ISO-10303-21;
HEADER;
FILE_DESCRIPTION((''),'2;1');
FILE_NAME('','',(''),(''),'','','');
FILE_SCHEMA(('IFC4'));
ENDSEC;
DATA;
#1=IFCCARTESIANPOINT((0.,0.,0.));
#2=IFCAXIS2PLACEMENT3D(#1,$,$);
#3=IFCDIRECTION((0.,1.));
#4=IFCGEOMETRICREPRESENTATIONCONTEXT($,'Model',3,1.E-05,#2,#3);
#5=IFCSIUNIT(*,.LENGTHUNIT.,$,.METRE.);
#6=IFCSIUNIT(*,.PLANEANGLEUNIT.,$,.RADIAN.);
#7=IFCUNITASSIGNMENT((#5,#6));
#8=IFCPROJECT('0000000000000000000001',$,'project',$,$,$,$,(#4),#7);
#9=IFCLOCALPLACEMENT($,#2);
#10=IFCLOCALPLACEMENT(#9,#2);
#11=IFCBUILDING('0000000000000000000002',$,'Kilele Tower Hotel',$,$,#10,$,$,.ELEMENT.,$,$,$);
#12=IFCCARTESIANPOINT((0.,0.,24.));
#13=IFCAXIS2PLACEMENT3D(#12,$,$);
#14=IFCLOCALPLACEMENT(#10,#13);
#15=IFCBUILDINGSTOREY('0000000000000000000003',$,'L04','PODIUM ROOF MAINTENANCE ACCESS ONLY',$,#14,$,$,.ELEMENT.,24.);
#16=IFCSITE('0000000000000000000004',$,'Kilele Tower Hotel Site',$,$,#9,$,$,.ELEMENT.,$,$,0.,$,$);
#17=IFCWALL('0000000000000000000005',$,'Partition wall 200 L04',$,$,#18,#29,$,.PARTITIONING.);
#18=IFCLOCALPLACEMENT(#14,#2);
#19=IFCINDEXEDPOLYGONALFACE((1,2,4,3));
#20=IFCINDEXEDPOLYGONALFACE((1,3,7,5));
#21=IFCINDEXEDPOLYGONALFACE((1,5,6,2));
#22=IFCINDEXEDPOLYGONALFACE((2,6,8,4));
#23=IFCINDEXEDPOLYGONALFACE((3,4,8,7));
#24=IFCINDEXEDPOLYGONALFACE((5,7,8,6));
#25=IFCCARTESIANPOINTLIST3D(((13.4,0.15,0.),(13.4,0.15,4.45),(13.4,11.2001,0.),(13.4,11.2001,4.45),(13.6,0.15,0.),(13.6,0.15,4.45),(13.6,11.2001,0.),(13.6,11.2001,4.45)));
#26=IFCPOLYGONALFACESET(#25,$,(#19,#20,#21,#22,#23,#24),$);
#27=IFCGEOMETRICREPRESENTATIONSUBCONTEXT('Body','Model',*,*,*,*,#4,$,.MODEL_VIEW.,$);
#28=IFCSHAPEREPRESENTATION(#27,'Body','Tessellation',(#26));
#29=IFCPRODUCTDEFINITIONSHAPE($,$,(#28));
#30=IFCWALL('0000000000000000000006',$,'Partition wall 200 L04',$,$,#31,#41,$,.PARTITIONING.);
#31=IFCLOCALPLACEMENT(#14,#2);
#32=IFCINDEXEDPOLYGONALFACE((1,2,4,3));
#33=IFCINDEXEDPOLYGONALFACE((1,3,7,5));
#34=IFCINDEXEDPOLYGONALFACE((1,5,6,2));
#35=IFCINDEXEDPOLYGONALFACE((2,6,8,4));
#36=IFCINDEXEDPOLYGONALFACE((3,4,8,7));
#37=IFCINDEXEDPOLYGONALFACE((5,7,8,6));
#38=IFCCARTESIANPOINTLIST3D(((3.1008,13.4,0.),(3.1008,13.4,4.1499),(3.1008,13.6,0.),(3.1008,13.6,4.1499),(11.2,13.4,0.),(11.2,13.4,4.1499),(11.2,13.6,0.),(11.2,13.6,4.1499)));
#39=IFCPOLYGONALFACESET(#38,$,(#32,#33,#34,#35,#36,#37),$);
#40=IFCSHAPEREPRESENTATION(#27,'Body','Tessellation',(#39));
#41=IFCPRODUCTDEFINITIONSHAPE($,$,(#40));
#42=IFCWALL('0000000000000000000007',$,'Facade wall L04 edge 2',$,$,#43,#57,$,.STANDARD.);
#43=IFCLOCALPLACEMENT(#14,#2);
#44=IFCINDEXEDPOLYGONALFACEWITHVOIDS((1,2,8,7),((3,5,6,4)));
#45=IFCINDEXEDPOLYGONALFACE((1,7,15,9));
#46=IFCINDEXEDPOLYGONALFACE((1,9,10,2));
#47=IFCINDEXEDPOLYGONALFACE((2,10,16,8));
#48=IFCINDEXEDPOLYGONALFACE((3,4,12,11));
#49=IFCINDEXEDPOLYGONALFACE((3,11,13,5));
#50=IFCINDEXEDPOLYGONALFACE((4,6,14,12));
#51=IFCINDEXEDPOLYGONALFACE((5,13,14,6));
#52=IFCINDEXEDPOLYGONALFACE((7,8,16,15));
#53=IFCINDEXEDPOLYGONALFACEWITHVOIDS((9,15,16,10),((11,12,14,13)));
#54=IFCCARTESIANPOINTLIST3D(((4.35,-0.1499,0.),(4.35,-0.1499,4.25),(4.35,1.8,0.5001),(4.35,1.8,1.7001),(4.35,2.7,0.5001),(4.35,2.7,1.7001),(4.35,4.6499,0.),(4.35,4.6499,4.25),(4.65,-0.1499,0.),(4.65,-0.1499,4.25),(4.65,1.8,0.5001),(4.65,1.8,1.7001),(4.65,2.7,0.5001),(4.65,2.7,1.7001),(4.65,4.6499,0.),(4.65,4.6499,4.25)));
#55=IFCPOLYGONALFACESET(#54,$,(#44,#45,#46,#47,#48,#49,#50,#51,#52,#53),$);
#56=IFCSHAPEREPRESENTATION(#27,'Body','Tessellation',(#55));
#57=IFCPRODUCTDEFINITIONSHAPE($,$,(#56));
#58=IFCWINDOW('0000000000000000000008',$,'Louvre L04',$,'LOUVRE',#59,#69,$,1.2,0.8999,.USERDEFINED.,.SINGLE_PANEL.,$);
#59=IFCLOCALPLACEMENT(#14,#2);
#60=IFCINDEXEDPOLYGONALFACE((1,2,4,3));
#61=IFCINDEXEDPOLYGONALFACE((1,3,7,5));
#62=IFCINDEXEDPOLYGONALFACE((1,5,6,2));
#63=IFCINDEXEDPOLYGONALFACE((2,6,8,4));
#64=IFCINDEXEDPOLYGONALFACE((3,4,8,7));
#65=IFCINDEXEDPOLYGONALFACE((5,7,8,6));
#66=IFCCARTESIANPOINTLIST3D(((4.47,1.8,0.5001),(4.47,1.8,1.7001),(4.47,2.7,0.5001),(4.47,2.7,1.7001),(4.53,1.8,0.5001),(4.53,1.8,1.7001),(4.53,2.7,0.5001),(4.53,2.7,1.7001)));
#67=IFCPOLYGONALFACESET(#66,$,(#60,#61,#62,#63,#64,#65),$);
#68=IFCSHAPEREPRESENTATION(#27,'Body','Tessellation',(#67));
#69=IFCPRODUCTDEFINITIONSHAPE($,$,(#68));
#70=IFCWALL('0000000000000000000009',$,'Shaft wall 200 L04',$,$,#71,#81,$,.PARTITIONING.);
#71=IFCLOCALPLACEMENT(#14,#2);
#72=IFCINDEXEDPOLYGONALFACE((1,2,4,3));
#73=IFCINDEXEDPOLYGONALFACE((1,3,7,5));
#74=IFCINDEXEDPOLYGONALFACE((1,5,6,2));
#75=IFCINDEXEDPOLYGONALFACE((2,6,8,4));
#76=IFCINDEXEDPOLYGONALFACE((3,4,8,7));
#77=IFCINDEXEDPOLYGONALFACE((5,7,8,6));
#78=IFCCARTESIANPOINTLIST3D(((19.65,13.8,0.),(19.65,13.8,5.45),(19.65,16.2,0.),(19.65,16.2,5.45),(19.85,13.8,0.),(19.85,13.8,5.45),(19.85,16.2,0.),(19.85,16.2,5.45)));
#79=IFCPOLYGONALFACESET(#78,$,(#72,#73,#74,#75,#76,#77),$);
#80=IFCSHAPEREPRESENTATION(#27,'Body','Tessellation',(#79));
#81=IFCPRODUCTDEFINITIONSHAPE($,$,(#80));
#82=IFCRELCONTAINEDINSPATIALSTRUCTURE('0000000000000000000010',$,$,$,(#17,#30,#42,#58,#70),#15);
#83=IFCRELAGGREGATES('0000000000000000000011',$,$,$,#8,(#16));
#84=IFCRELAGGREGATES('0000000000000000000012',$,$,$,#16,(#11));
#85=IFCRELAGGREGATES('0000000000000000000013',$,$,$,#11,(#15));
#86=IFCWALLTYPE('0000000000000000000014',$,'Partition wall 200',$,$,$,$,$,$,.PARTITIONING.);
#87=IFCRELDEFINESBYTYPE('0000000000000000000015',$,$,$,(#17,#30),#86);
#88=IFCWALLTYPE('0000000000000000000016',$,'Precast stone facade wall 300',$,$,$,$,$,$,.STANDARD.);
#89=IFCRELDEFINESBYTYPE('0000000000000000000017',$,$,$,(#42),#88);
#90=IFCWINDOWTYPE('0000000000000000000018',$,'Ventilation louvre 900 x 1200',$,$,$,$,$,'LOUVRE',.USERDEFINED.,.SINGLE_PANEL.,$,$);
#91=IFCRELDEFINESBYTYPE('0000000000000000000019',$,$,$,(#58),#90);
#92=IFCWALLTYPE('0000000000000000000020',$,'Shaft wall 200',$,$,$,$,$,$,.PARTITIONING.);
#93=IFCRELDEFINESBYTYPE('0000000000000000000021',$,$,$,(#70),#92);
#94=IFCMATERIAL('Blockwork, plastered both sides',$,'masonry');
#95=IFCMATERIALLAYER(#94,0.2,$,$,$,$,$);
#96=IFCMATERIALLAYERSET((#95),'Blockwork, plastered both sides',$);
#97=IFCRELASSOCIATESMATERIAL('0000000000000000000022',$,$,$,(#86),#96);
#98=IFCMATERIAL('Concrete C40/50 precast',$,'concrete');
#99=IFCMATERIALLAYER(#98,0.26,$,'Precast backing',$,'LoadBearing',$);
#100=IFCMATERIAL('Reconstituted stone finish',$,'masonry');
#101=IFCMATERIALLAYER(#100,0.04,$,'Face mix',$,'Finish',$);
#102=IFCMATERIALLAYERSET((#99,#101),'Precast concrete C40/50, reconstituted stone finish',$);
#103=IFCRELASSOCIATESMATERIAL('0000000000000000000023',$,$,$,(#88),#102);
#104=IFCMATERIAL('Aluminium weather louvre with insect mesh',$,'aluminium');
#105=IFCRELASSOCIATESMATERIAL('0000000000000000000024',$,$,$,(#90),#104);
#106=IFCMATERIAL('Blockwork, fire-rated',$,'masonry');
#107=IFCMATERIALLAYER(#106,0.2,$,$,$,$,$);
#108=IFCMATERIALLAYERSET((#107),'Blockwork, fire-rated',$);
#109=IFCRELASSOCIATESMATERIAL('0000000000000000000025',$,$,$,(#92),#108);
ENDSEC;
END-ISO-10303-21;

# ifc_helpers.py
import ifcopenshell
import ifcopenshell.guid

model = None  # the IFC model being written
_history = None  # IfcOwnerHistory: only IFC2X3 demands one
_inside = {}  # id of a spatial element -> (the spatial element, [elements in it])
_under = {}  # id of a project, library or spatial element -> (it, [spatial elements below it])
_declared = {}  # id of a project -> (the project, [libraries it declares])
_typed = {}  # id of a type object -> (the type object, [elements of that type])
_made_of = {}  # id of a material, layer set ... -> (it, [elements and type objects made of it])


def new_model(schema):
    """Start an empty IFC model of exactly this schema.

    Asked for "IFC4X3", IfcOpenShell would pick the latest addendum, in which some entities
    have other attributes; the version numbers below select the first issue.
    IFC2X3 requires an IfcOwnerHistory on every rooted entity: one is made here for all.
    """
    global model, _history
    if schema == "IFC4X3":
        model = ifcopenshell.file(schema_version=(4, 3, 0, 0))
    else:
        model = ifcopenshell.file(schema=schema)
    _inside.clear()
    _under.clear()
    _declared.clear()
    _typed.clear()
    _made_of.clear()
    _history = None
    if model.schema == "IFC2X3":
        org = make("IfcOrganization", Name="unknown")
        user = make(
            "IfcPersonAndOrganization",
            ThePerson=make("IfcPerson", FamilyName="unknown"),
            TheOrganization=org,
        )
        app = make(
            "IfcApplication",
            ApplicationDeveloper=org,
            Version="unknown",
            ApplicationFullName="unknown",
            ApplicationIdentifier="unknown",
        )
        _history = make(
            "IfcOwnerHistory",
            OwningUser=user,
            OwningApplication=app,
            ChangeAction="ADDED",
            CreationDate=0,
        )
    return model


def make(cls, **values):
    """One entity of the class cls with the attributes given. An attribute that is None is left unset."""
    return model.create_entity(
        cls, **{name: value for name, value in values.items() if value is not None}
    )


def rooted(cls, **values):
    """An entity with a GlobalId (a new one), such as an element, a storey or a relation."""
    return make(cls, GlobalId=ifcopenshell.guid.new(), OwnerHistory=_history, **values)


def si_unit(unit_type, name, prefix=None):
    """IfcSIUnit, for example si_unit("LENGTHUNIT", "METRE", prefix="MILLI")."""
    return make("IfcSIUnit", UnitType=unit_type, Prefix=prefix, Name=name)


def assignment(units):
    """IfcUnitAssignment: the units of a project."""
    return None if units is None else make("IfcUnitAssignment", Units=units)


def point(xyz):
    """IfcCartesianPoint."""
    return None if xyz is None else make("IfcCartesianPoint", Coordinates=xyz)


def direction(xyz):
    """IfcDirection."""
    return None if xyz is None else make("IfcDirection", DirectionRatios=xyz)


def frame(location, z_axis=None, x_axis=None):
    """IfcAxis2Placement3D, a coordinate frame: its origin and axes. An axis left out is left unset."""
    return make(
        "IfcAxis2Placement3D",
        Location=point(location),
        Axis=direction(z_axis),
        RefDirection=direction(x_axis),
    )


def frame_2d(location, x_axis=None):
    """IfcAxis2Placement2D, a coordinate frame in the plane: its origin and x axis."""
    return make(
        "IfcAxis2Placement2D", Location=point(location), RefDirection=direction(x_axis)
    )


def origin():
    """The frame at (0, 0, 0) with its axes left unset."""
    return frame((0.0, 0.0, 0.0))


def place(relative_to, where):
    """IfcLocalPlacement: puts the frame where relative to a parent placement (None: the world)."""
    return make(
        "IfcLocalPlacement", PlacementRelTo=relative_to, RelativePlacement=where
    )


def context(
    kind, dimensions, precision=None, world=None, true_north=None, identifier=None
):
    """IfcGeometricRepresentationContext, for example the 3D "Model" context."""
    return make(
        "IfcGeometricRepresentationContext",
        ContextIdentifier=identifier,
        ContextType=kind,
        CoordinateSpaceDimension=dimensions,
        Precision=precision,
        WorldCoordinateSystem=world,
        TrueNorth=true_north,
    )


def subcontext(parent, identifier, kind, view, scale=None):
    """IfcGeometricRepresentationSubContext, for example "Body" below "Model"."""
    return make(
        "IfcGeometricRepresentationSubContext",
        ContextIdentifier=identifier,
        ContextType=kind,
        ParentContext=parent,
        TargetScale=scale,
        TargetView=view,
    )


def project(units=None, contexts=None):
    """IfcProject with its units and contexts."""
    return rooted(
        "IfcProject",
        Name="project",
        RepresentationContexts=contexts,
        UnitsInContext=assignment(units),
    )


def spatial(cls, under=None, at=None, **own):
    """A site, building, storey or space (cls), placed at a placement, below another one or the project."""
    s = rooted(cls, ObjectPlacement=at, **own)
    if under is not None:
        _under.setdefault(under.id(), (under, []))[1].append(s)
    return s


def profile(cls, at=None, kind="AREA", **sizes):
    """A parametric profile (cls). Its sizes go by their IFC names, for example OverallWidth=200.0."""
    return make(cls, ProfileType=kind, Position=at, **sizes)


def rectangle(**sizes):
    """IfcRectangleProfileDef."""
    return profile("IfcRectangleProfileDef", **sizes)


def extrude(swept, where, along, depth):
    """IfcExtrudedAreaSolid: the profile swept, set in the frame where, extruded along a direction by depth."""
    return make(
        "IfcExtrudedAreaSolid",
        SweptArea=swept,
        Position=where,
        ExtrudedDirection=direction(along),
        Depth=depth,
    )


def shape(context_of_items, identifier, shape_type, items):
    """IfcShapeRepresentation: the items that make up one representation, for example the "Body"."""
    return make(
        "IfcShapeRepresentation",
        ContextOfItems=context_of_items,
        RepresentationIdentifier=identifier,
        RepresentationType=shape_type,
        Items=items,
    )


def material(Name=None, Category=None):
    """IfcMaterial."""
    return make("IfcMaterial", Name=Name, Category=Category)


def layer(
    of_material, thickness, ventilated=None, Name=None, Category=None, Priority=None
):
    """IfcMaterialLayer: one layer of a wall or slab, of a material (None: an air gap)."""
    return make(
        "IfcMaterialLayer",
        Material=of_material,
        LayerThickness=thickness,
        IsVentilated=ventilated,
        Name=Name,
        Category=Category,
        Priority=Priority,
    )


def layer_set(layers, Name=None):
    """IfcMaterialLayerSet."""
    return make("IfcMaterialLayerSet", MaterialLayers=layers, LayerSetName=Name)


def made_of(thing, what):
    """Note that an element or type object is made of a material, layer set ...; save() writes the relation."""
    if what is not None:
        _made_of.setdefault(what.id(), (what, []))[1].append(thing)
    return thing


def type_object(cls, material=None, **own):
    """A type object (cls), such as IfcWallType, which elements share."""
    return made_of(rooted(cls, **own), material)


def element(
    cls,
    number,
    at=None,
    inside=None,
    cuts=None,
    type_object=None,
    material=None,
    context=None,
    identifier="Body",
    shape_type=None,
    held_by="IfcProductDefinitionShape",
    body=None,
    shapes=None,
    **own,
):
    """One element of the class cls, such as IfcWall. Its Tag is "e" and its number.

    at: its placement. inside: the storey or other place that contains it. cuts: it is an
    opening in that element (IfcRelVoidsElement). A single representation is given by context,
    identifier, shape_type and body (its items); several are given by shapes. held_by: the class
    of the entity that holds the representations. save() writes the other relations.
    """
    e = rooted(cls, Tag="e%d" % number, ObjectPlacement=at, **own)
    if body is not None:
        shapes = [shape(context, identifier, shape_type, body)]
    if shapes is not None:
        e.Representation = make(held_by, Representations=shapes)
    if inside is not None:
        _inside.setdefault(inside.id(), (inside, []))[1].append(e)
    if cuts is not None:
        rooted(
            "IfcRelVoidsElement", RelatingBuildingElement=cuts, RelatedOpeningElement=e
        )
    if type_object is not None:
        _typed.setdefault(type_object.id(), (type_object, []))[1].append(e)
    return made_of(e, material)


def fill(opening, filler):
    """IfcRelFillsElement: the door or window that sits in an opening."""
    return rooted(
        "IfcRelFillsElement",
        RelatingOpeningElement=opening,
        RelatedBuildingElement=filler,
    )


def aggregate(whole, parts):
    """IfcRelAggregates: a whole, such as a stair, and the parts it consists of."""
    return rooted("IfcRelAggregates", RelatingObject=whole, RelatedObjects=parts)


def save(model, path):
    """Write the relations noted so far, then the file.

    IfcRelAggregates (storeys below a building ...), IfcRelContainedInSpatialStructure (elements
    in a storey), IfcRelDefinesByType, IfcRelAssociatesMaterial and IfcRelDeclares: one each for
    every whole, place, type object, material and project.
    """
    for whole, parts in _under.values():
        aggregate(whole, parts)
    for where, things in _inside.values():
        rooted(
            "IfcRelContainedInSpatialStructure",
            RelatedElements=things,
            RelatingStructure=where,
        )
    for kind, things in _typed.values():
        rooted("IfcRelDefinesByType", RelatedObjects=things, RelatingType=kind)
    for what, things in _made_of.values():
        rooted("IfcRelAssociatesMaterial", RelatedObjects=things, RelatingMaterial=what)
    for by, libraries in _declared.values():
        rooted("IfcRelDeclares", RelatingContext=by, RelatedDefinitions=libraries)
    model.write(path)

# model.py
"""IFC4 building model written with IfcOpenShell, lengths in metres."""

from ifc_helpers import new_model, si_unit, direction, frame, frame_2d, origin, place, context, subcontext, project, spatial, rectangle, extrude, material, layer, layer_set, type_object, element, fill, save


model = new_model("IFC4")

# Units and contexts
model_context = context("Model", 3, precision=1e-05, world=origin(), true_north=direction((0.0, 1.0)))
body_context = subcontext(model_context, "Body", "Model", "MODEL_VIEW")
ifc_project = project(units=[si_unit("LENGTHUNIT", "METRE"), si_unit("PLANEANGLEUNIT", "RADIAN")], contexts=[model_context])

# Site, building, storey
site_placement = place(None, origin())
site = spatial("IfcSite", under=ifc_project, at=site_placement, Name="Kilele Tower Hotel Site", CompositionType="ELEMENT", RefElevation=0.0)
building_placement = place(site_placement, origin())
building = spatial("IfcBuilding", under=site, at=building_placement, Name="Kilele Tower Hotel", CompositionType="ELEMENT")
storey_placement = place(building_placement, frame((0.0, 0.0, 24.0)))
storey = spatial("IfcBuildingStorey", under=building, at=storey_placement, Name="L04", Description="PODIUM ROOF MAINTENANCE ACCESS ONLY", CompositionType="ELEMENT", Elevation=24.0)

# Walls
ifc_material_1 = material(Name="Blockwork, plastered both sides", Category="masonry")
ifc_layer_1 = layer(ifc_material_1, 0.2)
ifc_layer_set_1 = layer_set([ifc_layer_1], Name="Blockwork, plastered both sides")
wall_type_1 = type_object("IfcWallType", Name="Partition wall 200", PredefinedType="PARTITIONING", material=ifc_layer_set_1)
wall_1_placement = place(storey_placement, frame((13.5, 11.2, 0.0), z_axis=(0.0, 0.0, 1.0), x_axis=(0.0, -1.0, 0.0)))
element("IfcWall", 1, at=wall_1_placement, inside=storey, type_object=wall_type_1, Name="Partition wall 200 L04", PredefinedType="PARTITIONING", context=body_context, shape_type="SweptSolid", body=[
    extrude(rectangle(XDim=11.05, YDim=0.2, at=frame_2d((5.5249, 0.0))), origin(), (0.0, 0.0, 1.0), 4.45),
])
wall_2_placement = place(storey_placement, frame((11.2, 13.5, 0.0), z_axis=(0.0, 0.0, 1.0), x_axis=(-1.0, 0.0, 0.0)))
element("IfcWall", 2, at=wall_2_placement, inside=storey, type_object=wall_type_1, Name="Partition wall 200 L04", PredefinedType="PARTITIONING", context=body_context, shape_type="SweptSolid", body=[
    extrude(rectangle(XDim=8.0991, YDim=0.2, at=frame_2d((4.0496, 0.0))), origin(), (0.0, 0.0, 1.0), 4.1499),
])

# Wall, opening, window
ifc_material_2 = material(Name="Concrete C40/50 precast", Category="concrete")
ifc_layer_2 = layer(ifc_material_2, 0.26, Name="Precast backing", Category="LoadBearing")
ifc_material_3 = material(Name="Reconstituted stone finish", Category="masonry")
ifc_layer_3 = layer(ifc_material_3, 0.04, Name="Face mix", Category="Finish")
ifc_layer_set_2 = layer_set([ifc_layer_2, ifc_layer_3], Name="Precast concrete C40/50, reconstituted stone finish")
wall_type_2 = type_object("IfcWallType", Name="Precast stone facade wall 300", PredefinedType="STANDARD", material=ifc_layer_set_2)
wall_3_placement = place(storey_placement, frame((4.5, 4.6499, 0.0), z_axis=(0.0, 0.0, 1.0), x_axis=(0.0, -1.0, 0.0)))
wall_3 = element("IfcWall", 3, at=wall_3_placement, inside=storey, type_object=wall_type_2, Name="Facade wall L04 edge 2", PredefinedType="STANDARD", context=body_context, shape_type="SweptSolid", body=[
    extrude(rectangle(XDim=4.7998, YDim=0.3, at=frame_2d((2.3999, 0.0))), origin(), (0.0, 0.0, 1.0), 4.25),
])
opening_1_placement = place(wall_3_placement, frame((1.95, 0.0, 0.5)))
opening_1 = element("IfcOpeningElement", 4, at=opening_1_placement, cuts=wall_3, PredefinedType="OPENING", context=body_context, shape_type="SweptSolid", body=[
    extrude(rectangle(XDim=0.8999, YDim=1.2, at=frame_2d((0.45, 0.6001))), frame((0.0, 0.1599, 0.0), z_axis=(0.0, -1.0, 0.0), x_axis=(1.0, 0.0, 0.0)), (0.0, 0.0, 1.0), 0.3201),
])
ifc_material_4 = material(Name="Aluminium weather louvre with insect mesh", Category="aluminium")
window_type = type_object("IfcWindowType", Name="Ventilation louvre 900 x 1200", ElementType="LOUVRE", PartitioningType="SINGLE_PANEL", PredefinedType="USERDEFINED", material=ifc_material_4)
window_placement = place(opening_1_placement, origin())
window = element("IfcWindow", 5, at=window_placement, inside=storey, type_object=window_type, Name="Louvre L04", ObjectType="LOUVRE", OverallHeight=1.2, OverallWidth=0.8999, PartitioningType="SINGLE_PANEL", PredefinedType="USERDEFINED", context=body_context, shape_type="SweptSolid", body=[
    extrude(rectangle(XDim=0.8999, YDim=1.2, at=frame_2d((0.45, 0.6001))), frame((0.0, 0.03, 0.0), z_axis=(0.0, -1.0, 0.0), x_axis=(1.0, 0.0, 0.0)), (0.0, 0.0, 1.0), 0.0601),
])
fill(opening_1, window)

# Wall
ifc_material_5 = material(Name="Blockwork, fire-rated", Category="masonry")
ifc_layer_4 = layer(ifc_material_5, 0.2)
ifc_layer_set_3 = layer_set([ifc_layer_4], Name="Blockwork, fire-rated")
wall_type_3 = type_object("IfcWallType", Name="Shaft wall 200", PredefinedType="PARTITIONING", material=ifc_layer_set_3)
wall_4_placement = place(storey_placement, frame((19.75, 13.8, 0.0), z_axis=(0.0, 0.0, 1.0), x_axis=(0.0, 1.0, 0.0)))
element("IfcWall", 6, at=wall_4_placement, inside=storey, type_object=wall_type_3, Name="Shaft wall 200 L04", PredefinedType="PARTITIONING", context=body_context, shape_type="SweptSolid", body=[
    extrude(rectangle(XDim=2.3999, YDim=0.2, at=frame_2d((1.2, 0.0))), origin(), (0.0, 0.0, 1.0), 5.45),
])

save(model, "model.ifc")
